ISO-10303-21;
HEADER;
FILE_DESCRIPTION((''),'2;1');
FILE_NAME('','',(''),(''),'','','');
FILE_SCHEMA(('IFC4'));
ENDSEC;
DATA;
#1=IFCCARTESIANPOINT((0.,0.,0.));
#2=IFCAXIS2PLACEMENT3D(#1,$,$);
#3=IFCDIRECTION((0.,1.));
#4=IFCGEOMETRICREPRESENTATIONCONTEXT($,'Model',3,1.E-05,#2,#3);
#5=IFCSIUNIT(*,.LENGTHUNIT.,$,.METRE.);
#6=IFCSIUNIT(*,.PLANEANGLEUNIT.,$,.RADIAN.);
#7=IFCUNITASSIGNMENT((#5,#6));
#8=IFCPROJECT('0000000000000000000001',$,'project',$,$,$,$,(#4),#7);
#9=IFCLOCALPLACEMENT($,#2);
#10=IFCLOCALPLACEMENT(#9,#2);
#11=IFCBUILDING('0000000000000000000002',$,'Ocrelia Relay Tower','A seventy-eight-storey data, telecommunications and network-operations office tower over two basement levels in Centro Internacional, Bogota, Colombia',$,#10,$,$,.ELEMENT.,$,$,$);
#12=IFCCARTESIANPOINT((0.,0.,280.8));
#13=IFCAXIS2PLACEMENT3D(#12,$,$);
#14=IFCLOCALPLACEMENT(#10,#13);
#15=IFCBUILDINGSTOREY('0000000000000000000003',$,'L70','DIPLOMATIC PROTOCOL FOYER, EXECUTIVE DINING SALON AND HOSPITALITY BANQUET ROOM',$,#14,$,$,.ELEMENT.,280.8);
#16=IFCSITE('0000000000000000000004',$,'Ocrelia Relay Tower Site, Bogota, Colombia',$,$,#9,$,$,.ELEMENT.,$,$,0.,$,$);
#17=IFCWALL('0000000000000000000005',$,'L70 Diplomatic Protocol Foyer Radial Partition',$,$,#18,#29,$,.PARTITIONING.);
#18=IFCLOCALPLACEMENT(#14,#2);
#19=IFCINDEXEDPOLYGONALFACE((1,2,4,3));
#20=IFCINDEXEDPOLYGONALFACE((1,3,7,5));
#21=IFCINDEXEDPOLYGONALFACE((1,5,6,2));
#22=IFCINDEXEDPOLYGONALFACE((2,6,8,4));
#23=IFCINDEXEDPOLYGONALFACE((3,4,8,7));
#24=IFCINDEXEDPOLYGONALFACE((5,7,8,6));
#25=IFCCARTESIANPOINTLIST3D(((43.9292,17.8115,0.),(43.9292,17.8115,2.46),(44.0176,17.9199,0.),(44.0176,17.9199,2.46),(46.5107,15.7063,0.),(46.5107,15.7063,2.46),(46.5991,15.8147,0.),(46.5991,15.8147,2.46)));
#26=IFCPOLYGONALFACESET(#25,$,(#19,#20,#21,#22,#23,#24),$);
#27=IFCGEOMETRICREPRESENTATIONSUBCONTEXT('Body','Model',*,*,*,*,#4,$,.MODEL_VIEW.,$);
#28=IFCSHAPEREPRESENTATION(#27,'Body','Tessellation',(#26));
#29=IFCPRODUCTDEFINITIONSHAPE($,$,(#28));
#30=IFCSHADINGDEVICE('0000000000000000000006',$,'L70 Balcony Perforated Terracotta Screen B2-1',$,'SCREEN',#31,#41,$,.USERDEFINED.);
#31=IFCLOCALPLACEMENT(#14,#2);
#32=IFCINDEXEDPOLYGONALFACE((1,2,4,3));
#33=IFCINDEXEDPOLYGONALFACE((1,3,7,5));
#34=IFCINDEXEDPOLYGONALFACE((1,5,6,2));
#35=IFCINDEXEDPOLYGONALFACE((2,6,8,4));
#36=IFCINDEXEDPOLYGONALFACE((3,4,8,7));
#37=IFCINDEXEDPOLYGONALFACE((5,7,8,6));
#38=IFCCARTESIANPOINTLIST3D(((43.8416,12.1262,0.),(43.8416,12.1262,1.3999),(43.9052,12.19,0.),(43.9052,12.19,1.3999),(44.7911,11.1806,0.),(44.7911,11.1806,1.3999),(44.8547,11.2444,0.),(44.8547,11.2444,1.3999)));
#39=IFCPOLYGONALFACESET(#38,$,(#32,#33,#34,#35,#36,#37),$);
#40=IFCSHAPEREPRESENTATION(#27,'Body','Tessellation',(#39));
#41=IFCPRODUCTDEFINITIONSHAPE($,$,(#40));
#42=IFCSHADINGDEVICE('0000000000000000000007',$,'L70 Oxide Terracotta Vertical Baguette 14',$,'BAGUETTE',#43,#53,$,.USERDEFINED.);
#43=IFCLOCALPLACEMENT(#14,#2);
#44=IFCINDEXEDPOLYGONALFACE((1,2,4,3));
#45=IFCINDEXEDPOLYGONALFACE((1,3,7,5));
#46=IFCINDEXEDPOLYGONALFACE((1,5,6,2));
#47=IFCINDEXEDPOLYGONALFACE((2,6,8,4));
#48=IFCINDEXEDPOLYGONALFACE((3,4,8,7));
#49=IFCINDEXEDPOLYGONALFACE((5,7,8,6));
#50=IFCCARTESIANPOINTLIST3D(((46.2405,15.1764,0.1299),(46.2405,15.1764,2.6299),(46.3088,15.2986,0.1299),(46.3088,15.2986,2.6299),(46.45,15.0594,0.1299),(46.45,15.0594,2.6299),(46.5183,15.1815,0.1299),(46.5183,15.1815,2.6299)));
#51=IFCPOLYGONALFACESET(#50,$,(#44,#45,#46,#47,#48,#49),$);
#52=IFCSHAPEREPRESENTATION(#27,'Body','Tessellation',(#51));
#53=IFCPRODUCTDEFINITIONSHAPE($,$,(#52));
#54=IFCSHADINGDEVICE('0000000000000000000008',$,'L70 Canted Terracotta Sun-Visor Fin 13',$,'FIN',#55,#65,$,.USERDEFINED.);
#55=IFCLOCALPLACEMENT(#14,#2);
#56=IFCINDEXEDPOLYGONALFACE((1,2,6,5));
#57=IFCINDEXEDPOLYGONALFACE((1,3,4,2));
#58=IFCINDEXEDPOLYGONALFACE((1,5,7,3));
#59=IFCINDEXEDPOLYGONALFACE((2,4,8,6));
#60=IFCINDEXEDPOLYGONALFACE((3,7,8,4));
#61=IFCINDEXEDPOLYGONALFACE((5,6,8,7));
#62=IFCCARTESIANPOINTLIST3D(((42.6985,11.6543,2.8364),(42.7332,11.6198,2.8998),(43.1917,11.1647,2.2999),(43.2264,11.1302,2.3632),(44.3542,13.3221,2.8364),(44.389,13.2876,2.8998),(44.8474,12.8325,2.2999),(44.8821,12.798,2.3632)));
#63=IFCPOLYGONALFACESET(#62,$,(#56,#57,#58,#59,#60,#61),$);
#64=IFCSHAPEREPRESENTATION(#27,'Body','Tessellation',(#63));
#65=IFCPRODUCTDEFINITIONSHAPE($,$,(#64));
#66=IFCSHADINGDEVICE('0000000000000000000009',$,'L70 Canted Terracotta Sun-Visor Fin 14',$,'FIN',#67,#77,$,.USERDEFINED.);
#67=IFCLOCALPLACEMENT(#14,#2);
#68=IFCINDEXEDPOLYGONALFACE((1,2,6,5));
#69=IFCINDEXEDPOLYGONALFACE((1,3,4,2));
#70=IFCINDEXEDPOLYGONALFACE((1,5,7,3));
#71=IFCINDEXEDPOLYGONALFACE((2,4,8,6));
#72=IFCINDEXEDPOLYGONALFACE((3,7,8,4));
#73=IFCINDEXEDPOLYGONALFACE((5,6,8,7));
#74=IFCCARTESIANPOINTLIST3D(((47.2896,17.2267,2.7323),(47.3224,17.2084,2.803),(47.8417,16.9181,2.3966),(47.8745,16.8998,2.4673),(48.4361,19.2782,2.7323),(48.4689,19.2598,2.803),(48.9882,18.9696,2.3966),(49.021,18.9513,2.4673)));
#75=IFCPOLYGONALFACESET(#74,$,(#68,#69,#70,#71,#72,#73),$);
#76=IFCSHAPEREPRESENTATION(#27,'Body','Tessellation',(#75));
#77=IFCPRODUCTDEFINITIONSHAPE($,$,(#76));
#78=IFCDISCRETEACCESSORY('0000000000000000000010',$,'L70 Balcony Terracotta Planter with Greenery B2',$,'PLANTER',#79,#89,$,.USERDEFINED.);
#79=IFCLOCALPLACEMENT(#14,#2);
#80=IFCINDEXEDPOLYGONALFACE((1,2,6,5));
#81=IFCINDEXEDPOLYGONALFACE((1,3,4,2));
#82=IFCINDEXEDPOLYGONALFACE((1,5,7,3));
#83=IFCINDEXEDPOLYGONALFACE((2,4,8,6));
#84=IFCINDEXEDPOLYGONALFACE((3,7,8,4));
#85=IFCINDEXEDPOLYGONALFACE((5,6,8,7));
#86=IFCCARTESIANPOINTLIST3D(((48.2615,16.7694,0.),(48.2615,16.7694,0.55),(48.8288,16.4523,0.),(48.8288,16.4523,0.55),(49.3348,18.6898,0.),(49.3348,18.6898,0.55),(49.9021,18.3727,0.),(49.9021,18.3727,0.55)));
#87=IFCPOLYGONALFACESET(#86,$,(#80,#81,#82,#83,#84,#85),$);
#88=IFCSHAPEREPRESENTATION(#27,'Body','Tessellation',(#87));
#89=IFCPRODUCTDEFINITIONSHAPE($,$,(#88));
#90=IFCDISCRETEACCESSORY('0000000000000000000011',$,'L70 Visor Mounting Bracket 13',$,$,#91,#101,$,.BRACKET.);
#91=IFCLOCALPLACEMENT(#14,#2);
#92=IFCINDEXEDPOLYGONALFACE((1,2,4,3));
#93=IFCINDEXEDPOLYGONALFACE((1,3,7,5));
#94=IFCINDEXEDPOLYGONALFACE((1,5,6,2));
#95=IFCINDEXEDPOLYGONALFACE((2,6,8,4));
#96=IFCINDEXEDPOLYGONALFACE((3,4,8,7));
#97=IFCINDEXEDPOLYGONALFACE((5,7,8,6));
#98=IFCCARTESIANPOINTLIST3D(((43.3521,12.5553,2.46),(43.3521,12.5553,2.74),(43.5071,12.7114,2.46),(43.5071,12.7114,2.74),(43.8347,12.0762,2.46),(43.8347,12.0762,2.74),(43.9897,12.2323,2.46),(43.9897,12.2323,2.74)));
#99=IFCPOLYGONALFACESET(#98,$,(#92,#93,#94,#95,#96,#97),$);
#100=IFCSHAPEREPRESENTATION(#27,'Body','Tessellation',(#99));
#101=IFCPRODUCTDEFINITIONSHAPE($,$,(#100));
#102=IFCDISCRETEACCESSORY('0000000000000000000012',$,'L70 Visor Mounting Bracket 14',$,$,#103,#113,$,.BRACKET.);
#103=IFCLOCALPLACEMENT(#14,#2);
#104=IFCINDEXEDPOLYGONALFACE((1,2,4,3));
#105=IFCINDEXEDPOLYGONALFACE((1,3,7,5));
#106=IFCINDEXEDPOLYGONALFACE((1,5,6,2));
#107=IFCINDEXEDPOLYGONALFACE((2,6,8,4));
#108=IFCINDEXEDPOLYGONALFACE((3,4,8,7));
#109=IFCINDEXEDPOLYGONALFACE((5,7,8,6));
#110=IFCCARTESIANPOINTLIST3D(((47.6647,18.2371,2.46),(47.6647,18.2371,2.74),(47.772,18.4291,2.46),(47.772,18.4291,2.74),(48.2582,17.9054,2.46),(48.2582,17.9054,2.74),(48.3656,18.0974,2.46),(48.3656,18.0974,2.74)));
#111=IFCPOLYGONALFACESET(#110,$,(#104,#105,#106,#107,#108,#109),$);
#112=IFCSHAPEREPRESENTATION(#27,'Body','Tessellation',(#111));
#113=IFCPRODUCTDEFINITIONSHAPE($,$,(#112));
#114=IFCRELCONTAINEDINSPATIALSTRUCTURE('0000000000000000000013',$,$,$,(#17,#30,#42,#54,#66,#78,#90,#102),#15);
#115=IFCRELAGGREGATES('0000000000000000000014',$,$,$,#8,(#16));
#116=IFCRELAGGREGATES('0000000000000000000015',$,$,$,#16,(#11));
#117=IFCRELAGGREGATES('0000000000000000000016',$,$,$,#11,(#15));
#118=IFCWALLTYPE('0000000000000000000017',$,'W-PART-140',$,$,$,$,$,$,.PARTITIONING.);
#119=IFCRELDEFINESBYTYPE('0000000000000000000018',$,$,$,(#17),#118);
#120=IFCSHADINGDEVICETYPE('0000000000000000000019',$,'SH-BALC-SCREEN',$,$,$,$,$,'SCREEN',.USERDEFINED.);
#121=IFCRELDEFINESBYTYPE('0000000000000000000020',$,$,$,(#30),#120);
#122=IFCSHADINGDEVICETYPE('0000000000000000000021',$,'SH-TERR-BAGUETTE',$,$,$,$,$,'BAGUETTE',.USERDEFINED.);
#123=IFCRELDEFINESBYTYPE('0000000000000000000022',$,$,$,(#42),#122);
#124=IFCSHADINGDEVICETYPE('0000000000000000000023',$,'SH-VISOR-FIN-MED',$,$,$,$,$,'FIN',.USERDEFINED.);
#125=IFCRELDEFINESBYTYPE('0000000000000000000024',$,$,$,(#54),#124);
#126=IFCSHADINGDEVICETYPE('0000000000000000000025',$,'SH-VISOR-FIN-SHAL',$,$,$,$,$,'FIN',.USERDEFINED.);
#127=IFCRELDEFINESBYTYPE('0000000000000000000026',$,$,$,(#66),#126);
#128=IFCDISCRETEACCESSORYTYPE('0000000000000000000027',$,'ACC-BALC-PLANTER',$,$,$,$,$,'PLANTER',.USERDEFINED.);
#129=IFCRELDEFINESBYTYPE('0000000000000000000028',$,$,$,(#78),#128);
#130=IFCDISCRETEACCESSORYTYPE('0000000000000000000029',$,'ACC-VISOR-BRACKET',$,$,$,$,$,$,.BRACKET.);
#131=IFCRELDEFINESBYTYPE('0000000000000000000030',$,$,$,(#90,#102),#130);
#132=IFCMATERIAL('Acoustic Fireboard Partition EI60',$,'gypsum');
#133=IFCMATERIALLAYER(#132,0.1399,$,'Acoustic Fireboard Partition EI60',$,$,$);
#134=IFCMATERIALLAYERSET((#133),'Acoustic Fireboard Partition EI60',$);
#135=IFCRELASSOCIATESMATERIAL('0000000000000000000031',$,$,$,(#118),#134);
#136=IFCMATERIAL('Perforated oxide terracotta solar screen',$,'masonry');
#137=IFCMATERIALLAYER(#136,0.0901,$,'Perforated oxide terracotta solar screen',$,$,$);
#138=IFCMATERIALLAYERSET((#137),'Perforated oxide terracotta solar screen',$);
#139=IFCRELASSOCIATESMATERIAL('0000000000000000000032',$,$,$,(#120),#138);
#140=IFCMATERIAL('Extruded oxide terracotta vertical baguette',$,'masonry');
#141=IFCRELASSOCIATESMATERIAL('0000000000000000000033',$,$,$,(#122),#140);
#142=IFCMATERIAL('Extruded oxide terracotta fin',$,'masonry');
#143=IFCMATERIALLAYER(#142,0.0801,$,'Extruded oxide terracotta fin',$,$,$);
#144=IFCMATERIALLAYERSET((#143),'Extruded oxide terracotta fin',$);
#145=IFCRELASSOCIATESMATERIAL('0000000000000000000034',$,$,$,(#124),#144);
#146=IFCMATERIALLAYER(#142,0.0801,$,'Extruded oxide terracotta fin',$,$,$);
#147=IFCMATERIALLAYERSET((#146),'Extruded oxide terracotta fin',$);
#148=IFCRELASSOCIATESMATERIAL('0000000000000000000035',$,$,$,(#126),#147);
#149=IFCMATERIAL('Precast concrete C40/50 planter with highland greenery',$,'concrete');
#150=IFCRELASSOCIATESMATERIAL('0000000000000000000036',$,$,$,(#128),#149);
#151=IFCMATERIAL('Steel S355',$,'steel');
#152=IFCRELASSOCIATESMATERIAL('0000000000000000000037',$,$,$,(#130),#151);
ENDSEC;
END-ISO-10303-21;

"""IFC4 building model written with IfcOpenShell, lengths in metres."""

from ifc_helpers import new_model, si_unit, direction, frame, frame_2d, origin, origin_2d, place, context, subcontext, project, spatial, rectangle, extrude, material, layer, layer_set, type_object, element, save


model = new_model("IFC4")

# Units and contexts
model_context = context("Model", 3, precision=1e-05, world=origin(), true_north=direction((0.0, 1.0)))
body_context = subcontext(model_context, "Body", "Model", "MODEL_VIEW")
ifc_project = project(units=[si_unit("LENGTHUNIT", "METRE"), si_unit("PLANEANGLEUNIT", "RADIAN")], contexts=[model_context])

# Site, building, storey
site_placement = place(None, origin())
site = spatial("IfcSite", under=ifc_project, at=site_placement, Name="Ocrelia Relay Tower Site, Bogota, Colombia", CompositionType="ELEMENT", RefElevation=0.0)
building_placement = place(site_placement, origin())
building = spatial("IfcBuilding", under=site, at=building_placement, Name="Ocrelia Relay Tower", Description="A seventy-eight-storey data, telecommunications and network-operations office tower over two basement levels in Centro Internacional, Bogota, Colombia", CompositionType="ELEMENT")
storey_placement = place(building_placement, frame((0.0, 0.0, 280.8)))
storey = spatial("IfcBuildingStorey", under=building, at=storey_placement, Name="L70", Description="DIPLOMATIC PROTOCOL FOYER, EXECUTIVE DINING SALON AND HOSPITALITY BANQUET ROOM", CompositionType="ELEMENT", Elevation=280.8)

# Shared definitions
ifc_material_1 = material(Name="Steel S355", Category="steel")

# Wall
ifc_material_2 = material(Name="Acoustic Fireboard Partition EI60", Category="gypsum")
ifc_layer_1 = layer(ifc_material_2, 0.1399, Name="Acoustic Fireboard Partition EI60")
ifc_layer_set_1 = layer_set([ifc_layer_1], Name="Acoustic Fireboard Partition EI60")
wall_type_1 = type_object("IfcWallType", Name="W-PART-140", PredefinedType="PARTITIONING", material=ifc_layer_set_1)
wall_1_placement = place(storey_placement, frame((43.9734, 17.8657, 0.0), z_axis=(0.0, 0.0, 1.0), x_axis=(0.774978, -0.631988, 0.0)))
element("IfcWall", 1, at=wall_1_placement, inside=storey, type_object=wall_type_1, Name="L70 Diplomatic Protocol Foyer Radial Partition", PredefinedType="PARTITIONING", context=body_context, shape_type="SweptSolid", body=[
    extrude(rectangle(XDim=3.3311, YDim=0.1399, at=frame_2d((1.6655, 0.0))), origin(), (0.0, 0.0, 1.0), 2.46),
])

# Shading devices
ifc_material_3 = material(Name="Perforated oxide terracotta solar screen", Category="masonry")
ifc_layer_2 = layer(ifc_material_3, 0.0901, Name="Perforated oxide terracotta solar screen")
ifc_layer_set_2 = layer_set([ifc_layer_2], Name="Perforated oxide terracotta solar screen")
shading_device_type_1 = type_object("IfcShadingDeviceType", Name="SH-BALC-SCREEN", ElementType="SCREEN", PredefinedType="USERDEFINED", material=ifc_layer_set_2)
shading_device_1_placement = place(storey_placement, frame((44.3481, 11.6853, 0.0), z_axis=(0.0, 0.0, 1.0), x_axis=(0.708576, -0.705634, 0.0)))
element("IfcShadingDevice", 2, at=shading_device_1_placement, inside=storey, type_object=shading_device_type_1, Name="L70 Balcony Perforated Terracotta Screen B2-1", ObjectType="SCREEN", PredefinedType="USERDEFINED", context=body_context, shape_type="SweptSolid", body=[
    extrude(rectangle(XDim=1.3401, YDim=0.0901, at=origin_2d()), origin(), (0.0, 0.0, 1.0), 1.3999),
])
ifc_material_4 = material(Name="Extruded oxide terracotta vertical baguette", Category="masonry")
shading_device_type_2 = type_object("IfcShadingDeviceType", Name="SH-TERR-BAGUETTE", ElementType="BAGUETTE", PredefinedType="USERDEFINED", material=ifc_material_4)
shading_device_2_placement = place(storey_placement, frame((46.3794, 15.179, 0.1299), z_axis=(0.0, 0.0, 1.0), x_axis=(0.487864, 0.87292, 0.0)))
element("IfcShadingDevice", 3, at=shading_device_2_placement, inside=storey, type_object=shading_device_type_2, Name="L70 Oxide Terracotta Vertical Baguette 14", ObjectType="BAGUETTE", PredefinedType="USERDEFINED", context=body_context, shape_type="SweptSolid", body=[
    extrude(rectangle(XDim=0.1399, YDim=0.24, at=origin_2d()), origin(), (0.0, 0.0, 1.0), 2.5),
])
ifc_material_5 = material(Name="Extruded oxide terracotta fin", Category="masonry")
ifc_layer_3 = layer(ifc_material_5, 0.0801, Name="Extruded oxide terracotta fin")
ifc_layer_set_3 = layer_set([ifc_layer_3], Name="Extruded oxide terracotta fin")
shading_device_type_3 = type_object("IfcShadingDeviceType", Name="SH-VISOR-FIN-MED", ElementType="FIN", PredefinedType="USERDEFINED", material=ifc_layer_set_3)
shading_device_3_placement = place(storey_placement, frame((43.7729, 12.2434, 2.5681), z_axis=(0.433691, -0.430547, 0.791544), x_axis=(0.70453, 0.709674, 0.0)))
element("IfcShadingDevice", 4, at=shading_device_3_placement, inside=storey, type_object=shading_device_type_3, Name="L70 Canted Terracotta Sun-Visor Fin 13", ObjectType="FIN", PredefinedType="USERDEFINED", context=body_context, shape_type="SweptSolid", body=[
    extrude(rectangle(XDim=2.3501, YDim=0.8779, at=origin_2d()), origin(), (0.0, 0.0, 1.0), 0.0801),
])
ifc_layer_4 = layer(ifc_material_5, 0.0801, Name="Extruded oxide terracotta fin")
ifc_layer_set_4 = layer_set([ifc_layer_4], Name="Extruded oxide terracotta fin")
shading_device_type_4 = type_object("IfcShadingDeviceType", Name="SH-VISOR-FIN-SHAL", ElementType="FIN", PredefinedType="USERDEFINED", material=ifc_layer_set_4)
shading_device_4_placement = place(storey_placement, frame((48.1389, 18.0981, 2.5645), z_axis=(0.409273, -0.228737, 0.883275), x_axis=(0.487864, 0.87292, 0.0)))
element("IfcShadingDevice", 5, at=shading_device_4_placement, inside=storey, type_object=shading_device_type_4, Name="L70 Canted Terracotta Sun-Visor Fin 14", ObjectType="FIN", PredefinedType="USERDEFINED", context=body_context, shape_type="SweptSolid", body=[
    extrude(rectangle(XDim=2.3501, YDim=0.7161, at=origin_2d()), origin(), (0.0, 0.0, 1.0), 0.0801),
])

# Discrete accessories
ifc_material_6 = material(Name="Precast concrete C40/50 planter with highland greenery", Category="concrete")
discrete_accessory_type_1 = type_object("IfcDiscreteAccessoryType", Name="ACC-BALC-PLANTER", ElementType="PLANTER", PredefinedType="USERDEFINED", material=ifc_material_6)
discrete_accessory_placement = place(storey_placement, frame((49.0818, 17.571, 0.0), z_axis=(0.0, 0.0, 1.0), x_axis=(-0.48786, -0.872922, 0.0)))
element("IfcDiscreteAccessory", 6, at=discrete_accessory_placement, inside=storey, type_object=discrete_accessory_type_1, Name="L70 Balcony Terracotta Planter with Greenery B2", ObjectType="PLANTER", PredefinedType="USERDEFINED", context=body_context, shape_type="SweptSolid", body=[
    extrude(rectangle(XDim=2.2, YDim=0.6499, at=origin_2d()), origin(), (0.0, 0.0, 1.0), 0.55),
])
discrete_accessory_type_2 = type_object("IfcDiscreteAccessoryType", Name="ACC-VISOR-BRACKET", PredefinedType="BRACKET", material=ifc_material_1)
for number, where, z_axis, x_axis, name in (
    (7, (43.6709, 12.3938, 2.46), (0.0, 0.0, 1.0), (0.70453, 0.709674, 0.0), "L70 Visor Mounting Bracket 13"),
    (8, (48.0151, 18.1672, 2.46), (0.0, 0.0, 1.0), (0.487864, 0.87292, 0.0), "L70 Visor Mounting Bracket 14"),
):
    element("IfcDiscreteAccessory", number, at=place(storey_placement, frame(where, z_axis=z_axis, x_axis=x_axis)), inside=storey, type_object=discrete_accessory_type_2, Name=name, PredefinedType="BRACKET", context=body_context, shape_type="SweptSolid", body=[
        extrude(rectangle(XDim=0.22, YDim=0.6799, at=origin_2d()), origin(), (0.0, 0.0, 1.0), 0.28),
    ])

save(model, "model.ifc")
